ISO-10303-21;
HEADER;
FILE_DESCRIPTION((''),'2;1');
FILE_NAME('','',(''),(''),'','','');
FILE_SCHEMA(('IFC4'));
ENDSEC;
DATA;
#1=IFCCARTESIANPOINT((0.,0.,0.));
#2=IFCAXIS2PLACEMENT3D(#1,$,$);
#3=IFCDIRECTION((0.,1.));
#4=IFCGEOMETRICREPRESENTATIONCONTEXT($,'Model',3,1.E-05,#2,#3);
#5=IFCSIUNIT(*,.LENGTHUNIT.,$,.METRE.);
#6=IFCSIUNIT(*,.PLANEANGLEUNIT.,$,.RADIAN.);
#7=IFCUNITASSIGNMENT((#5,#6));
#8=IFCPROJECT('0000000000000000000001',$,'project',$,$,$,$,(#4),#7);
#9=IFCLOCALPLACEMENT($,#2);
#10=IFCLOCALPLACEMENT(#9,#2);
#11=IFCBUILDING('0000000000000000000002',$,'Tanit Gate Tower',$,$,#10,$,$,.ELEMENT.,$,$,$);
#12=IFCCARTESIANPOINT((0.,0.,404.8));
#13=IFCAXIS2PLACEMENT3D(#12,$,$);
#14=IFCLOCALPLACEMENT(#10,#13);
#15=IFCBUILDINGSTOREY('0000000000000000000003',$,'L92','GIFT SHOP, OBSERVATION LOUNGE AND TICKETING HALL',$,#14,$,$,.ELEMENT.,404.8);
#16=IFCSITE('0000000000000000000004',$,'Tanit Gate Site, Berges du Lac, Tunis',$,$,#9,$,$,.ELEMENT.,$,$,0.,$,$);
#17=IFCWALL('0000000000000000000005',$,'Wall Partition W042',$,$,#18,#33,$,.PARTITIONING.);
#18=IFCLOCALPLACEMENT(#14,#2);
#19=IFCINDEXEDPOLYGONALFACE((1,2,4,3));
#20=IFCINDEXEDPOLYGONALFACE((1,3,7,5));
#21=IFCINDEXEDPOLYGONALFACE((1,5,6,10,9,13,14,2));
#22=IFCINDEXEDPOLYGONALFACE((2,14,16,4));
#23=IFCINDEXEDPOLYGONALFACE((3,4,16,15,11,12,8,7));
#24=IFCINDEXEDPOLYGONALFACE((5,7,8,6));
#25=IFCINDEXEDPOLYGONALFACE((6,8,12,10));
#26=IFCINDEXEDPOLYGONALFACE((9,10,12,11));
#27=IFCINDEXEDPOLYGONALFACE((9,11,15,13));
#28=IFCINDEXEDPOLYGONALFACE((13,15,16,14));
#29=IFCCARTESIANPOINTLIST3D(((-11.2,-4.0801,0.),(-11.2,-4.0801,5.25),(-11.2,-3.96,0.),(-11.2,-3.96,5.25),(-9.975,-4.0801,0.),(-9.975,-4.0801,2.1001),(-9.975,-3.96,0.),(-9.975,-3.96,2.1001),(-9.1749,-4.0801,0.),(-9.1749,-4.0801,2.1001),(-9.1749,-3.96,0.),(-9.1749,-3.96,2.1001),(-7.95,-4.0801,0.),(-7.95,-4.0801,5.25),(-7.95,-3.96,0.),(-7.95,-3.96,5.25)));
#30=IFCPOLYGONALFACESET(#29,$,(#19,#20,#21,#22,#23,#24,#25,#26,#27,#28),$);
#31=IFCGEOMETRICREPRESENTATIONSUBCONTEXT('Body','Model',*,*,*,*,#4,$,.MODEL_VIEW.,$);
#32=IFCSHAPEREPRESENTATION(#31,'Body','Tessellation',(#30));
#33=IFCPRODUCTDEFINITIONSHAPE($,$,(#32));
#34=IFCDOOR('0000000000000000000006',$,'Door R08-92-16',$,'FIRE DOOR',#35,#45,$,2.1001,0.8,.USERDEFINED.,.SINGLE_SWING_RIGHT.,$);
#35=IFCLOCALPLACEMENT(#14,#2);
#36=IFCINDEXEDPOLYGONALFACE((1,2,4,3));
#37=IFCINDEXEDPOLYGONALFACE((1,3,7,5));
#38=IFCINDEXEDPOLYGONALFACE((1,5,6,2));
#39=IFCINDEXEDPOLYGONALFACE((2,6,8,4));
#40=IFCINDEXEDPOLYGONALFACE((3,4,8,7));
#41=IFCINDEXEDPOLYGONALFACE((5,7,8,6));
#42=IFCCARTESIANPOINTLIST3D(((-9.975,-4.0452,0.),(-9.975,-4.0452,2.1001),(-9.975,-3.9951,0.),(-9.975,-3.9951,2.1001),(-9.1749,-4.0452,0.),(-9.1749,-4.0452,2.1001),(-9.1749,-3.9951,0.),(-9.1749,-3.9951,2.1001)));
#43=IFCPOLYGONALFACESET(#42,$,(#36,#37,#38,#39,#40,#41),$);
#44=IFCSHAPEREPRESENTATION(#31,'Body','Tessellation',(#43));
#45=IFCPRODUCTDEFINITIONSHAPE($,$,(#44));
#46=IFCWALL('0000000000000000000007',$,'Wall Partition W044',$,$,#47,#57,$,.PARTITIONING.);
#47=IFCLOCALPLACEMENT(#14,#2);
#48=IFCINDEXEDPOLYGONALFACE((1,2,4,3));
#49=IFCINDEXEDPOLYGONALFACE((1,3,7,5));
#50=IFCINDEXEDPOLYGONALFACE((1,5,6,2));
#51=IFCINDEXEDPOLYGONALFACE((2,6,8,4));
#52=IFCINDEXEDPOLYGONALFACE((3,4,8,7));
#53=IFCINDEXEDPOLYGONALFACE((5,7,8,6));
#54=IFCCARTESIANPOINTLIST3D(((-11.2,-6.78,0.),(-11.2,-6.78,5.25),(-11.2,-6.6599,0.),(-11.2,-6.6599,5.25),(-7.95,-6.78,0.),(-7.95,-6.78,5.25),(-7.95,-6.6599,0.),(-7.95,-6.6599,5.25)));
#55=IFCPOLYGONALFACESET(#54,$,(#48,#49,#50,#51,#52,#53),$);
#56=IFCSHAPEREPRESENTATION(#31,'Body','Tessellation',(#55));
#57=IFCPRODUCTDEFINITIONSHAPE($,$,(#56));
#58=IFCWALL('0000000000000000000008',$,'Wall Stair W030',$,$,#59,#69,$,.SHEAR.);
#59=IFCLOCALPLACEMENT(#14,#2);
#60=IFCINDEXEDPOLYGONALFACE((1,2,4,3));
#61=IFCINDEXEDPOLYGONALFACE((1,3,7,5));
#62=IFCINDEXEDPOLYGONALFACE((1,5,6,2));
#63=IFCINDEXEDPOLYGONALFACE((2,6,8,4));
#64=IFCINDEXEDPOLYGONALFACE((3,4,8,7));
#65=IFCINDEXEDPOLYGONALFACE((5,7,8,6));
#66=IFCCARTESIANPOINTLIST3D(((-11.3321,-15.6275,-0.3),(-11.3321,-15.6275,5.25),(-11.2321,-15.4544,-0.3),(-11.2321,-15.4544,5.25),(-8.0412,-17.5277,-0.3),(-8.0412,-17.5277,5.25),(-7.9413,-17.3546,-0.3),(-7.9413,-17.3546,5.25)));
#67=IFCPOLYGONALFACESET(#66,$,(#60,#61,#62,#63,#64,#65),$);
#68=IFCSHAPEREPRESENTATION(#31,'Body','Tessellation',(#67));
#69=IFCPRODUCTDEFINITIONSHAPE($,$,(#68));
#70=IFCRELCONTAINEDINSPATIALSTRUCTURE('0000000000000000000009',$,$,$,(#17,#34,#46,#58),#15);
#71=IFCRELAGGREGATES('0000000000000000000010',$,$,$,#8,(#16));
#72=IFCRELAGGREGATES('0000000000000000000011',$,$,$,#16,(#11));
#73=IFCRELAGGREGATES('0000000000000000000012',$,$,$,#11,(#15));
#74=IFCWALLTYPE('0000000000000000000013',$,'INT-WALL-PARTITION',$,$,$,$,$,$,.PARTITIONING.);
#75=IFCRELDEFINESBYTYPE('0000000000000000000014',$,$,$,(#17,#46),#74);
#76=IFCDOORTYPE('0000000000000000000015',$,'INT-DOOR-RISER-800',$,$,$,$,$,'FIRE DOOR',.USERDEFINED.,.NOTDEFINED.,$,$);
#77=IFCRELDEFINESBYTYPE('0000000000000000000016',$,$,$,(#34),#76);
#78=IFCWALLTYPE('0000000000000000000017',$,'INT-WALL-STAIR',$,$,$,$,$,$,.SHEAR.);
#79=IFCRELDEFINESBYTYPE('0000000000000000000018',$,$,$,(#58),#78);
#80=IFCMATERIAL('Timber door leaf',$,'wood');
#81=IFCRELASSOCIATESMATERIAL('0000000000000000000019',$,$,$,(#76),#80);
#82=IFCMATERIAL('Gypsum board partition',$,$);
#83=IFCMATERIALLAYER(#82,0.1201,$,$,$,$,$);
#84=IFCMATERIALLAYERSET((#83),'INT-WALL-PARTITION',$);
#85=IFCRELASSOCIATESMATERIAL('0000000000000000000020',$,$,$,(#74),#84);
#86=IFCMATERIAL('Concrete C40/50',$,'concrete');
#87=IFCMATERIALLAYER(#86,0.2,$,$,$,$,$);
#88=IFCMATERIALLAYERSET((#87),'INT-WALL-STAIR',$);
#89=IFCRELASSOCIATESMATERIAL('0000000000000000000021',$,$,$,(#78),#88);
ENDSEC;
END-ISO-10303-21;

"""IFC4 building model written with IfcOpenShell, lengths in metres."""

from ifc_helpers import new_model, si_unit, direction, frame, frame_2d, origin, place, context, subcontext, project, spatial, rectangle, extrude, material, layer, layer_set, type_object, element, fill, save


model = new_model("IFC4")

# Units and contexts
model_context = context("Model", 3, precision=1e-05, world=origin(), true_north=direction((0.0, 1.0)))
body_context = subcontext(model_context, "Body", "Model", "MODEL_VIEW")
ifc_project = project(units=[si_unit("LENGTHUNIT", "METRE"), si_unit("PLANEANGLEUNIT", "RADIAN")], contexts=[model_context])

# Site, building, storey
site_placement = place(None, origin())
site = spatial("IfcSite", under=ifc_project, at=site_placement, Name="Tanit Gate Site, Berges du Lac, Tunis", CompositionType="ELEMENT", RefElevation=0.0)
building_placement = place(site_placement, origin())
building = spatial("IfcBuilding", under=site, at=building_placement, Name="Tanit Gate Tower", CompositionType="ELEMENT")
storey_placement = place(building_placement, frame((0.0, 0.0, 404.8)))
storey = spatial("IfcBuildingStorey", under=building, at=storey_placement, Name="L92", Description="GIFT SHOP, OBSERVATION LOUNGE AND TICKETING HALL", CompositionType="ELEMENT", Elevation=404.8)

# Shared definitions
ifc_material_1 = material(Name="Timber door leaf", Category="wood")
door_type_1 = type_object("IfcDoorType", Name="INT-DOOR-RISER-800", ElementType="FIRE DOOR", OperationType="NOTDEFINED", PredefinedType="USERDEFINED", material=ifc_material_1)

# Wall, opening, door
ifc_material_2 = material(Name="Gypsum board partition")
ifc_layer_1 = layer(ifc_material_2, 0.1201)
ifc_layer_set_1 = layer_set([ifc_layer_1], Name="INT-WALL-PARTITION")
wall_type_1 = type_object("IfcWallType", Name="INT-WALL-PARTITION", PredefinedType="PARTITIONING", material=ifc_layer_set_1)
wall_1_placement = place(storey_placement, frame((-11.2, -4.02, 0.0), z_axis=(0.0, 0.0, 1.0), x_axis=(1.0, 0.0, 0.0)))
wall_1 = element("IfcWall", 1, at=wall_1_placement, inside=storey, type_object=wall_type_1, Name="Wall Partition W042", PredefinedType="PARTITIONING", context=body_context, shape_type="SweptSolid", body=[
    extrude(rectangle(XDim=3.25, YDim=0.1201, at=frame_2d((1.625, 0.0))), origin(), (0.0, 0.0, 1.0), 5.25),
])
opening_1_placement = place(wall_1_placement, frame((1.2251, 0.0, 0.0)))
opening_1 = element("IfcOpeningElement", 2, at=opening_1_placement, cuts=wall_1, PredefinedType="OPENING", context=body_context, shape_type="SweptSolid", body=[
    extrude(rectangle(XDim=0.8, YDim=2.1001, at=frame_2d((0.3999, 1.05))), frame((0.0, 0.0701, 0.0), z_axis=(0.0, -1.0, 0.0), x_axis=(1.0, 0.0, 0.0)), (0.0, 0.0, 1.0), 0.1401),
])
door_1_placement = place(opening_1_placement, origin())
door_1 = element("IfcDoor", 3, at=door_1_placement, inside=storey, type_object=door_type_1, Name="Door R08-92-16", ObjectType="FIRE DOOR", OperationType="SINGLE_SWING_RIGHT", OverallHeight=2.1001, OverallWidth=0.8, PredefinedType="USERDEFINED", context=body_context, shape_type="SweptSolid", body=[
    extrude(rectangle(XDim=0.8, YDim=2.1001, at=frame_2d((0.3999, 1.05))), frame((0.0, 0.0249, 0.0), z_axis=(0.0, -1.0, 0.0), x_axis=(1.0, 0.0, 0.0)), (0.0, 0.0, 1.0), 0.05),
])
fill(opening_1, door_1)

# Walls
wall_2_placement = place(storey_placement, frame((-11.2, -6.72, 0.0), z_axis=(0.0, 0.0, 1.0), x_axis=(1.0, 0.0, 0.0)))
element("IfcWall", 4, at=wall_2_placement, inside=storey, type_object=wall_type_1, Name="Wall Partition W044", PredefinedType="PARTITIONING", context=body_context, shape_type="SweptSolid", body=[
    extrude(rectangle(XDim=3.25, YDim=0.1201, at=frame_2d((1.625, 0.0))), origin(), (0.0, 0.0, 1.0), 5.25),
])
ifc_material_3 = material(Name="Concrete C40/50", Category="concrete")
ifc_layer_2 = layer(ifc_material_3, 0.2)
ifc_layer_set_2 = layer_set([ifc_layer_2], Name="INT-WALL-STAIR")
wall_type_2 = type_object("IfcWallType", Name="INT-WALL-STAIR", PredefinedType="SHEAR", material=ifc_layer_set_2)
wall_3_placement = place(storey_placement, frame((-11.282, -15.541, -0.3), z_axis=(0.0, 0.0, 1.0), x_axis=(0.866, -0.500043, 0.0)))
element("IfcWall", 5, at=wall_3_placement, inside=storey, type_object=wall_type_2, Name="Wall Stair W030", PredefinedType="SHEAR", context=body_context, shape_type="SweptSolid", body=[
    extrude(rectangle(XDim=3.8, YDim=0.2, at=frame_2d((1.8999, 0.0))), origin(), (0.0, 0.0, 1.0), 5.55),
])

save(model, "model.ifc")
